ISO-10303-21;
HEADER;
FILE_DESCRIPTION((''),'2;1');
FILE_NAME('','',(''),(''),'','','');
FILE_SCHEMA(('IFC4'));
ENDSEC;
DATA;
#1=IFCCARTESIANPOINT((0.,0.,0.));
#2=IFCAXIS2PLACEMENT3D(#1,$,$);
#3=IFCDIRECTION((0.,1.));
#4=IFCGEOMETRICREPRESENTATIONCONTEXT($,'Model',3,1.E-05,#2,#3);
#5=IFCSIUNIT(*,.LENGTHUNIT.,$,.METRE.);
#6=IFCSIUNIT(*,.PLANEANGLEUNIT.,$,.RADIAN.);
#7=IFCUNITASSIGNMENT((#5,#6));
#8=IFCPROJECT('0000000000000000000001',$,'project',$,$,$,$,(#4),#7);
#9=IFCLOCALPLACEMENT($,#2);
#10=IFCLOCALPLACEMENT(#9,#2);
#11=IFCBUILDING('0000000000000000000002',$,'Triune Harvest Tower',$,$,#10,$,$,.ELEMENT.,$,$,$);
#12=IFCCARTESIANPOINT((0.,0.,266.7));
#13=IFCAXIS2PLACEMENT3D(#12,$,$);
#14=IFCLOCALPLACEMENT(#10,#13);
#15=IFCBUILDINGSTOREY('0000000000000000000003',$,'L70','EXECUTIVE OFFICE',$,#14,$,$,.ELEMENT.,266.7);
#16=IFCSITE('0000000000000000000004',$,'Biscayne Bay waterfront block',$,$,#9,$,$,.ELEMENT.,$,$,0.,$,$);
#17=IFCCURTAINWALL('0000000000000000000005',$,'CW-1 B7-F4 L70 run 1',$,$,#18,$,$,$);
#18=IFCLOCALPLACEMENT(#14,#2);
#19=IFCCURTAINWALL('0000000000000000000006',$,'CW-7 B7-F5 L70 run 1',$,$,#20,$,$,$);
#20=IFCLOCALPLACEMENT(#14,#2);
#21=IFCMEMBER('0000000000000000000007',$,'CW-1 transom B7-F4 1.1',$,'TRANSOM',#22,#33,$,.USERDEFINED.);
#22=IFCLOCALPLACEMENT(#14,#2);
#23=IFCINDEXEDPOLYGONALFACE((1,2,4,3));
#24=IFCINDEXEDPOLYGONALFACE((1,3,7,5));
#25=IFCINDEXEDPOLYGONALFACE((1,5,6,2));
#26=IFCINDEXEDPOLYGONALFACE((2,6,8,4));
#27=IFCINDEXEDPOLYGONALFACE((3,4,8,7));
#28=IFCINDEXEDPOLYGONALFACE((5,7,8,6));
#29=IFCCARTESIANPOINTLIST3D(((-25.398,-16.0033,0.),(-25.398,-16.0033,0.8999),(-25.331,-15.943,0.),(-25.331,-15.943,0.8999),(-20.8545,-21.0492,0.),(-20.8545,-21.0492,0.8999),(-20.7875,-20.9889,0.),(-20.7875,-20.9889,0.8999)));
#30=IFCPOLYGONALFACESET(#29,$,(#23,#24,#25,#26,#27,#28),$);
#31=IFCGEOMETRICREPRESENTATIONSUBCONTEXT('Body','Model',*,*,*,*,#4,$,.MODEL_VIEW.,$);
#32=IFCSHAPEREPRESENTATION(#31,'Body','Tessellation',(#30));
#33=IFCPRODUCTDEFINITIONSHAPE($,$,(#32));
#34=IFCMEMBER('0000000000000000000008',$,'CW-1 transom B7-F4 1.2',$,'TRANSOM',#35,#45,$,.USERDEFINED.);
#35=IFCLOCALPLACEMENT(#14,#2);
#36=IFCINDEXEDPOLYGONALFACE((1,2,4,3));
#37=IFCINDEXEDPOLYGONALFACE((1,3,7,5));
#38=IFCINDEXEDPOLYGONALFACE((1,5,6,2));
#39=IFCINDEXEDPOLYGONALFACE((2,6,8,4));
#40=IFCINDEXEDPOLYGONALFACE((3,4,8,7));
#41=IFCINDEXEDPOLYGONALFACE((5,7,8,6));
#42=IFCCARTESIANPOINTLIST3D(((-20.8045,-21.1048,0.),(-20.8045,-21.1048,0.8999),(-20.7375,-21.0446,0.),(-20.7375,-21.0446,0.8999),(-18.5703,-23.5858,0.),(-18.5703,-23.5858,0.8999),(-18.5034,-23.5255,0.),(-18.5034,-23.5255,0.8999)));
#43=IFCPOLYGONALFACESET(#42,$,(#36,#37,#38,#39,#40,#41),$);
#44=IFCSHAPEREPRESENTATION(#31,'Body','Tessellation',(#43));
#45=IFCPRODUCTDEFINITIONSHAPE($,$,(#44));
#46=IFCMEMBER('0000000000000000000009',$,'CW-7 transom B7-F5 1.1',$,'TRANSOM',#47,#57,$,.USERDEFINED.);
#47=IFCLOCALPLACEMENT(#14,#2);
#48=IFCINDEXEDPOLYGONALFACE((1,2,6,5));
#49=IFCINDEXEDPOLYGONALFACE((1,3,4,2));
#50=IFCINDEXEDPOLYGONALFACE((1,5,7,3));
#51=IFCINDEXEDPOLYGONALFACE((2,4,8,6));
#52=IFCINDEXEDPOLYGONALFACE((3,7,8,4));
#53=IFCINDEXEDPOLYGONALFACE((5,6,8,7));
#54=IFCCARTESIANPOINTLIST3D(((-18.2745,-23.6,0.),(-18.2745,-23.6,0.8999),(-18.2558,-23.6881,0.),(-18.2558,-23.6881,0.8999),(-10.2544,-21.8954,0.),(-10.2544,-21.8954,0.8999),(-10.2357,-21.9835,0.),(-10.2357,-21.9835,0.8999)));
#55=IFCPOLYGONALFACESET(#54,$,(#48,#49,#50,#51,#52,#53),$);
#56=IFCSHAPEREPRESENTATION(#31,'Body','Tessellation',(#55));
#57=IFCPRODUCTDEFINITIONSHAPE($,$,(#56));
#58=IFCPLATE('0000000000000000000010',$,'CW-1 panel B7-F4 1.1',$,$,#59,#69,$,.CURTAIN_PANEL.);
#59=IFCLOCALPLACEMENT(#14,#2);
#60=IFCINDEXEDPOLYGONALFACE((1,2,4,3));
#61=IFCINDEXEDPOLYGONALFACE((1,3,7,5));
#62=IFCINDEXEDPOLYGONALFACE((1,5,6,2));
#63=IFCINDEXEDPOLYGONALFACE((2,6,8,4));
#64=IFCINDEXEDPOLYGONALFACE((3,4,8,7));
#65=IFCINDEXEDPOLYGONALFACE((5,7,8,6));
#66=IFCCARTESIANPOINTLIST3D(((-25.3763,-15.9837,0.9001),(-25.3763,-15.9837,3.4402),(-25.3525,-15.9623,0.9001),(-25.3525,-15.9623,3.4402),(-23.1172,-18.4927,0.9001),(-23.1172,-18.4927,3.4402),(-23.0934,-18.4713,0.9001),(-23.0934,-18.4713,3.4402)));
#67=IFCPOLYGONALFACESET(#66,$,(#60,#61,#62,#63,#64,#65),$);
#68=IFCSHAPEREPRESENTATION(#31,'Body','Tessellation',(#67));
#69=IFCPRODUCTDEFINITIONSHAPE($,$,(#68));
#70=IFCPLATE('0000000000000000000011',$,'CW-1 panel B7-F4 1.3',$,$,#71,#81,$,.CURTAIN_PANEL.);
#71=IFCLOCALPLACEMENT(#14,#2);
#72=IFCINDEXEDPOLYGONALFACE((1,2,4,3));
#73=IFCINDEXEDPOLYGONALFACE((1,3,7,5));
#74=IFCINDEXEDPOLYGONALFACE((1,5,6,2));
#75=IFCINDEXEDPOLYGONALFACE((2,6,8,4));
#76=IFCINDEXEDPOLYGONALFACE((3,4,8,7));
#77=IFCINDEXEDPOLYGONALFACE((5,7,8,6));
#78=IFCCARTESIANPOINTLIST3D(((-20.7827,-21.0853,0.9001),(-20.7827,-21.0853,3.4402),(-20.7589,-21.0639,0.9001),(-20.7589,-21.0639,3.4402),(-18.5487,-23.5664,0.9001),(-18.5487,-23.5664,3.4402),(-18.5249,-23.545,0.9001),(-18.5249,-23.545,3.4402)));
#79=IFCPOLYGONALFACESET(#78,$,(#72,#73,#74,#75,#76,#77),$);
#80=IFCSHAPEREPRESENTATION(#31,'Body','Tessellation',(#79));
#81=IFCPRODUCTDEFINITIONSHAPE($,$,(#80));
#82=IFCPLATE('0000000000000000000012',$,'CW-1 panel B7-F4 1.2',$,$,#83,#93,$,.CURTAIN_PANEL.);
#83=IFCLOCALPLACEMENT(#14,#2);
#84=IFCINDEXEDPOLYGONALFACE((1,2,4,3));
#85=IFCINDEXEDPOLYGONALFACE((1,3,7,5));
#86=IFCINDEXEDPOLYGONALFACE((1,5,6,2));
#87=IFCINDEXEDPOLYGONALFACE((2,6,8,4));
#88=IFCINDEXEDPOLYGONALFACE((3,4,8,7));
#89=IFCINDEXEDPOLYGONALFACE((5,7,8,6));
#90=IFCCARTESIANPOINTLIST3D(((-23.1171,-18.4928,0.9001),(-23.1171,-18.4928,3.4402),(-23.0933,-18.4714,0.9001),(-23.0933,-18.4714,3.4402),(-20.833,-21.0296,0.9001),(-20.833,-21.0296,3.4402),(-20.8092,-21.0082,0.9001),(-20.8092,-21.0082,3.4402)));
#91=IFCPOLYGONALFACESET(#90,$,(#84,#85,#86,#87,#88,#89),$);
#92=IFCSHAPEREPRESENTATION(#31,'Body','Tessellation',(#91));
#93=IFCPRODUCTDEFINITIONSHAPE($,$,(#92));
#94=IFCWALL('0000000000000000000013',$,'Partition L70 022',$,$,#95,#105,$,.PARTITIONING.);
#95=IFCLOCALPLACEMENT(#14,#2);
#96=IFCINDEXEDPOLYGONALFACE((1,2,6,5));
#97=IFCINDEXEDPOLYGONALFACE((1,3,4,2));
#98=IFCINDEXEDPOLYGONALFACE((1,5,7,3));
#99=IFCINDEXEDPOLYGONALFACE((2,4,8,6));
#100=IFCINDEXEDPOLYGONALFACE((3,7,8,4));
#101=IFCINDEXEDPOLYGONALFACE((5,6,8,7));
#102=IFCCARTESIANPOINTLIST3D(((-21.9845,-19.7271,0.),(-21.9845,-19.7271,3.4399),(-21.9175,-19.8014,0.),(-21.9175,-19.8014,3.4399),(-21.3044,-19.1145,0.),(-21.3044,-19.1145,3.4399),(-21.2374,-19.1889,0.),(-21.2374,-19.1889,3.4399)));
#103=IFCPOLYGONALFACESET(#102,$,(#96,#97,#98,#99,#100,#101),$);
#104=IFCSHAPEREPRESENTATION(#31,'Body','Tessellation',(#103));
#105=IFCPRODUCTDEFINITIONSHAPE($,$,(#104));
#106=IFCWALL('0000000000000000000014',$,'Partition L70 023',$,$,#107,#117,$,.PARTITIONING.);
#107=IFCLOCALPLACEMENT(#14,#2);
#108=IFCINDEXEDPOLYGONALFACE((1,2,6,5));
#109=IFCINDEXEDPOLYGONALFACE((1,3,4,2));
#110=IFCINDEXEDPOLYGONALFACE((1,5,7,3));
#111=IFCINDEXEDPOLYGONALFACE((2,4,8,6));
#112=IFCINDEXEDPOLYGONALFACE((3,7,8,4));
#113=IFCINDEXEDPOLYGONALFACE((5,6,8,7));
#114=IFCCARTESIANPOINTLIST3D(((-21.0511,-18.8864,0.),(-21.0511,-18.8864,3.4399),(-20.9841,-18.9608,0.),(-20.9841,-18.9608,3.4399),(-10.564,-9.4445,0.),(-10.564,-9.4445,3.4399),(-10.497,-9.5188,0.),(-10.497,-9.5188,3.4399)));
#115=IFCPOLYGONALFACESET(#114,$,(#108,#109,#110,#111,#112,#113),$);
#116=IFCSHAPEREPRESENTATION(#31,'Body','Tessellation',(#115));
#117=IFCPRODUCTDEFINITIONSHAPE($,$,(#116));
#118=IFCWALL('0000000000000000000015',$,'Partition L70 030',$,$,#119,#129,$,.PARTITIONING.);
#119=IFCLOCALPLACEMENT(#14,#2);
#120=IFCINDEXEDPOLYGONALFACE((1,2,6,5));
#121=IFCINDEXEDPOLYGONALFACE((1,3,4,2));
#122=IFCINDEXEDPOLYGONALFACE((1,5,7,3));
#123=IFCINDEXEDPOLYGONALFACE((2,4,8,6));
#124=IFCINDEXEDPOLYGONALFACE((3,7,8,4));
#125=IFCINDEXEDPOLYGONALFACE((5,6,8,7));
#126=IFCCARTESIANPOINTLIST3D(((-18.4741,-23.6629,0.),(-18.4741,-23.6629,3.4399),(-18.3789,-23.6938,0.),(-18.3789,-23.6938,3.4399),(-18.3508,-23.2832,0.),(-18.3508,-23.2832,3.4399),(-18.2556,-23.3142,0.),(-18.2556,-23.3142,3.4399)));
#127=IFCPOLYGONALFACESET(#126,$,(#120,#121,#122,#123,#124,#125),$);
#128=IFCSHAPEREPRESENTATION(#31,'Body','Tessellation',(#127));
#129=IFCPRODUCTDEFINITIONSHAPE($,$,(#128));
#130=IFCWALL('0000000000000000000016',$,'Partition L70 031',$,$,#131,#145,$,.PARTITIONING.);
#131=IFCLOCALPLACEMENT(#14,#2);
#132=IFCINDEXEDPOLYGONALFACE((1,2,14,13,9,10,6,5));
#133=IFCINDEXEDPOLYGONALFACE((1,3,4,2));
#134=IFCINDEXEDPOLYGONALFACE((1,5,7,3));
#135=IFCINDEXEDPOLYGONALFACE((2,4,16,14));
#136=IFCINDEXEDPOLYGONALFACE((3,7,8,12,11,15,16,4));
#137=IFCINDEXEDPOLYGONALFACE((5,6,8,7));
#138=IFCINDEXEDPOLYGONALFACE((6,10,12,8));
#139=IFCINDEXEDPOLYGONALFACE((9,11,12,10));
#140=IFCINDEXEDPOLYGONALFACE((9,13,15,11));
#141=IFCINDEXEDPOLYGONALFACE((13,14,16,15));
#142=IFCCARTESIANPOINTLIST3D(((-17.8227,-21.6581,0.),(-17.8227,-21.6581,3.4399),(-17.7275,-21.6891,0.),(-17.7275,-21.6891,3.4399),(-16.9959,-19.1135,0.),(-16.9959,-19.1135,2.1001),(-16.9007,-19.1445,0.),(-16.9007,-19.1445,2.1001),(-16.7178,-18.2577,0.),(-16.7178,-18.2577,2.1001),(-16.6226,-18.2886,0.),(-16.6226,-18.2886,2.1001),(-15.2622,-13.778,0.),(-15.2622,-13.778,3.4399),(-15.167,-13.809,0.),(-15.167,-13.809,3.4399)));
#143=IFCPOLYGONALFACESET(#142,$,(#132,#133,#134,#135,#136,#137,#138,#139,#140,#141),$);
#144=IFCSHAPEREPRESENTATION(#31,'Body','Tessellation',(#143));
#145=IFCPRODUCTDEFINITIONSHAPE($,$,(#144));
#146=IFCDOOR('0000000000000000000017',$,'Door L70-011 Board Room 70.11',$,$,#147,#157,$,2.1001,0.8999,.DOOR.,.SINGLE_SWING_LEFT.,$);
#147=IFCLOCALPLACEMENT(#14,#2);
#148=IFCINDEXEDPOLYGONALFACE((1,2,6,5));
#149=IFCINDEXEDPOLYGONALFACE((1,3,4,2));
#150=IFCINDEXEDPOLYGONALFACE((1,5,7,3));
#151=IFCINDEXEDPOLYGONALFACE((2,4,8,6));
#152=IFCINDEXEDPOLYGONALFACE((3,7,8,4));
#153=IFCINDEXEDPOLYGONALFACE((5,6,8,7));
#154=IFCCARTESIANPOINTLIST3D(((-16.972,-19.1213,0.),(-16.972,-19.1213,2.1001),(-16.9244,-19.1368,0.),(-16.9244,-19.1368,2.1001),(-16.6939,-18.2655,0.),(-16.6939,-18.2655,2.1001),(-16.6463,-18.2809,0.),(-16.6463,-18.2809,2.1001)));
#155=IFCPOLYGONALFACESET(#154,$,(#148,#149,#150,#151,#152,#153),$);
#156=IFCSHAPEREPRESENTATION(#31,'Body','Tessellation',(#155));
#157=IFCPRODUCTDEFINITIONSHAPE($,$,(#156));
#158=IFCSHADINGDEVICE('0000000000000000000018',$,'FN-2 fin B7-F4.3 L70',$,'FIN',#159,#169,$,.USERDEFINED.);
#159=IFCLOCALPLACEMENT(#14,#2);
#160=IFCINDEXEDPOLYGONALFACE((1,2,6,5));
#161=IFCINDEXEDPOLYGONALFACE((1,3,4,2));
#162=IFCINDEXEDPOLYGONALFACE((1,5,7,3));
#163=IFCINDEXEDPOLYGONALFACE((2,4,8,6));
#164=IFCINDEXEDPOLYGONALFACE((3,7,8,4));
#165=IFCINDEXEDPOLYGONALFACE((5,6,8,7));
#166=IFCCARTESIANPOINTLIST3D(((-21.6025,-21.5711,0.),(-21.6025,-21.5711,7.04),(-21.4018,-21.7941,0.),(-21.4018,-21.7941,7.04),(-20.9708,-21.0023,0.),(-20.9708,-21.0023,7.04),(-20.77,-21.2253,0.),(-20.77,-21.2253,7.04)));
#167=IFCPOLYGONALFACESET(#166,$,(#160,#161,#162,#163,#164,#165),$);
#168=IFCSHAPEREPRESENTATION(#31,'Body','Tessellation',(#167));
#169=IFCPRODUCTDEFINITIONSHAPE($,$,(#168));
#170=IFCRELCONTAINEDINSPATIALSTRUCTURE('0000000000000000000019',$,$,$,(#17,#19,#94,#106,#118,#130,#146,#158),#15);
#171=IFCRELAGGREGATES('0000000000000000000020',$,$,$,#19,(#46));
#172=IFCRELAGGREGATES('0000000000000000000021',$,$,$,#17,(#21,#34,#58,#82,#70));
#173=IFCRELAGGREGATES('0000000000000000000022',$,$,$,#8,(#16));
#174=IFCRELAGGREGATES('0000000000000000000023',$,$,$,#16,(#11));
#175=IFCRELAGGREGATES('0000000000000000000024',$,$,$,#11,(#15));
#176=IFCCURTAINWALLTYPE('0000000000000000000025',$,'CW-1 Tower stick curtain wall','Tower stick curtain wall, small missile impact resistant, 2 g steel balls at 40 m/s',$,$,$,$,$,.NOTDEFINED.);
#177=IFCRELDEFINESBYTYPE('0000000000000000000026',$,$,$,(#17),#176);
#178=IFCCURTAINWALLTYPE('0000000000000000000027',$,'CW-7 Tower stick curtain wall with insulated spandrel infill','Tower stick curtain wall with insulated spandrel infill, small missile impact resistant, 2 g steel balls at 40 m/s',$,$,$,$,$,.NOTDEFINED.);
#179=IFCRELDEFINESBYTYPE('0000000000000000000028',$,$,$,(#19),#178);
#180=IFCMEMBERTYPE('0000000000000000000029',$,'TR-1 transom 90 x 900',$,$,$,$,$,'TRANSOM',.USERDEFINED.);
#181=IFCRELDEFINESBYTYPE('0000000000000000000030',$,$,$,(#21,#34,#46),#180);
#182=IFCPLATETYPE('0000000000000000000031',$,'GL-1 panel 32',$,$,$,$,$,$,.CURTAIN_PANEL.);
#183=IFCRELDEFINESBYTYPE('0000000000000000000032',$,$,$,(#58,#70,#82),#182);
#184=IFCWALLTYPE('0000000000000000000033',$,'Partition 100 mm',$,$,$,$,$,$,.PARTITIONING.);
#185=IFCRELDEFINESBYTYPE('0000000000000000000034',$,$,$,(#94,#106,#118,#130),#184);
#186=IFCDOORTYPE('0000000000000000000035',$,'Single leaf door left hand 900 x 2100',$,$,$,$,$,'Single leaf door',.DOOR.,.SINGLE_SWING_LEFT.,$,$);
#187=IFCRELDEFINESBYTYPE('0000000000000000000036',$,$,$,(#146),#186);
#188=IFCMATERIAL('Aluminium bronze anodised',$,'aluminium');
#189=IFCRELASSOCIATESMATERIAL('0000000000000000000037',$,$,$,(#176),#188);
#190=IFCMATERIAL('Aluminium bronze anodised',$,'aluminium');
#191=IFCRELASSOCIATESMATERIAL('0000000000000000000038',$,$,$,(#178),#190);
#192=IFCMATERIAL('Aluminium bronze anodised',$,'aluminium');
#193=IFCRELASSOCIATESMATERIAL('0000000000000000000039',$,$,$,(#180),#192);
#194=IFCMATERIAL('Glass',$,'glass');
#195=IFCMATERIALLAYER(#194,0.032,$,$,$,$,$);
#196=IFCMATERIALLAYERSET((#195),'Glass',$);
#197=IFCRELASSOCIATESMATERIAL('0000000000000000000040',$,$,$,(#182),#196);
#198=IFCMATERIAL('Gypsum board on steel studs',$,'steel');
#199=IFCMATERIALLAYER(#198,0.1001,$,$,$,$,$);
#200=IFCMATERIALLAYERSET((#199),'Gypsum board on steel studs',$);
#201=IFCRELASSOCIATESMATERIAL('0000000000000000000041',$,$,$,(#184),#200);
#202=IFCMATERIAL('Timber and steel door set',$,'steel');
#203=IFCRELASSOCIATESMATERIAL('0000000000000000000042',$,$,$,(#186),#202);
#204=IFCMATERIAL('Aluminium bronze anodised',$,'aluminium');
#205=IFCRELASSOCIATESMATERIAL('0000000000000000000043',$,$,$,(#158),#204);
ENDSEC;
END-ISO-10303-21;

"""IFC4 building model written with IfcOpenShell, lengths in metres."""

from ifc_helpers import new_model, si_unit, direction, frame, frame_2d, origin, origin_2d, place, context, subcontext, project, spatial, rectangle, extrude, source, transform, mapped, material, layer, layer_set, material_profile, profile_set, type_object, element, fill, aggregate, save


model = new_model("IFC4")

# Units and contexts
model_context = context("Model", 3, precision=1e-05, world=origin(), true_north=direction((0.0, 1.0)))
body_context = subcontext(model_context, "Body", "Model", "MODEL_VIEW")
ifc_project = project(units=[si_unit("LENGTHUNIT", "METRE"), si_unit("PLANEANGLEUNIT", "RADIAN")], contexts=[model_context])

# Site, building, storey
site_placement = place(None, origin())
site = spatial("IfcSite", under=ifc_project, at=site_placement, Name="Biscayne Bay waterfront block", CompositionType="ELEMENT", RefElevation=0.0)
building_placement = place(site_placement, origin())
building = spatial("IfcBuilding", under=site, at=building_placement, Name="Triune Harvest Tower", CompositionType="ELEMENT")
storey_placement = place(building_placement, frame((0.0, 0.0, 266.7)))
storey = spatial("IfcBuildingStorey", under=building, at=storey_placement, Name="L70", Description="EXECUTIVE OFFICE", CompositionType="ELEMENT", Elevation=266.7)

# Curtain wall
ifc_material_1 = material(Name="Aluminium bronze anodised", Category="aluminium")
curtain_wall_type_1 = type_object("IfcCurtainWallType", Name="CW-1 Tower stick curtain wall", Description="Tower stick curtain wall, small missile impact resistant, 2 g steel balls at 40 m/s", PredefinedType="NOTDEFINED", material=ifc_material_1)
curtain_wall_1_placement = place(storey_placement, origin())
curtain_wall_1 = element("IfcCurtainWall", 1, at=curtain_wall_1_placement, inside=storey, type_object=curtain_wall_type_1, Name="CW-1 B7-F4 L70 run 1")

# Curtain wall
ifc_material_2 = material(Name="Aluminium bronze anodised", Category="aluminium")
curtain_wall_type_2 = type_object("IfcCurtainWallType", Name="CW-7 Tower stick curtain wall with insulated spandrel infill", Description="Tower stick curtain wall with insulated spandrel infill, small missile impact resistant, 2 g steel balls at 40 m/s", PredefinedType="NOTDEFINED", material=ifc_material_2)
curtain_wall_2_placement = place(storey_placement, origin())
curtain_wall_2 = element("IfcCurtainWall", 2, at=curtain_wall_2_placement, inside=storey, type_object=curtain_wall_type_2, Name="CW-7 B7-F5 L70 run 1")

# Members
ifc_material_3 = material(Name="Aluminium bronze anodised", Category="aluminium")
ifc_material_profile_1 = material_profile(ifc_material_3, rectangle(XDim=0.0901, YDim=0.8999, at=origin_2d()), Name="TR-1 transom 90 x 900")
ifc_profile_set_1 = profile_set([ifc_material_profile_1], Name="Aluminium bronze anodised")
member_type_1 = type_object("IfcMemberType", Name="TR-1 transom 90 x 900", ElementType="TRANSOM", PredefinedType="USERDEFINED", material=ifc_profile_set_1)
shared_shape_1 = source(origin(), body_context, "Body", "SweptSolid", [
    extrude(rectangle(XDim=0.0901, YDim=0.8999, at=origin_2d()), origin(), (0.0, 0.0, 1.0), 6.79),
])
member_1_placement = place(storey_placement, frame((-25.3645, -15.9731, 0.45), z_axis=(0.66914, -0.743137, 0.0), x_axis=(0.743137, 0.66914, 0.0)))
member_1 = element("IfcMember", 3, at=member_1_placement, type_object=member_type_1, Name="CW-1 transom B7-F4 1.1", ObjectType="TRANSOM", PredefinedType="USERDEFINED", context=body_context, shape_type="MappedRepresentation", body=[
    mapped(shared_shape_1, transform((0.0, 0.0, 0.0), scale=1.0)),
])
shared_shape_2 = source(origin(), body_context, "Body", "SweptSolid", [
    extrude(rectangle(XDim=0.0901, YDim=0.8999, at=origin_2d()), origin(), (0.0, 0.0, 1.0), 3.3386),
])
member_2_placement = place(storey_placement, frame((-20.771, -21.0747, 0.45), z_axis=(0.669175, -0.743105, 0.0), x_axis=(0.743105, 0.669175, 0.0)))
member_2 = element("IfcMember", 4, at=member_2_placement, type_object=member_type_1, Name="CW-1 transom B7-F4 1.2", ObjectType="TRANSOM", PredefinedType="USERDEFINED", context=body_context, shape_type="MappedRepresentation", body=[
    mapped(shared_shape_2, transform((0.0, 0.0, 0.0), scale=1.0)),
])
shared_shape_3 = source(origin(), body_context, "Body", "SweptSolid", [
    extrude(rectangle(XDim=0.0901, YDim=0.8999, at=origin_2d()), origin(), (0.0, 0.0, 1.0), 8.1992),
])
member_3_placement = place(storey_placement, frame((-18.2651, -23.644, 0.45), z_axis=(0.978151, 0.207898, 0.0), x_axis=(-0.207898, 0.978151, 0.0)))
member_3 = element("IfcMember", 5, at=member_3_placement, type_object=member_type_1, Name="CW-7 transom B7-F5 1.1", ObjectType="TRANSOM", PredefinedType="USERDEFINED", context=body_context, shape_type="MappedRepresentation", body=[
    mapped(shared_shape_3, transform((0.0, 0.0, 0.0), scale=1.0)),
])
aggregate(curtain_wall_2, [member_3])

# Plates
ifc_material_4 = material(Name="Glass", Category="glass")
ifc_layer_1 = layer(ifc_material_4, 0.032)
ifc_layer_set_1 = layer_set([ifc_layer_1], Name="Glass")
plate_type = type_object("IfcPlateType", Name="GL-1 panel 32", PredefinedType="CURTAIN_PANEL", material=ifc_layer_set_1)
shared_shape_4 = source(origin(), body_context, "Body", "SweptSolid", [
    extrude(rectangle(XDim=3.3762, YDim=0.032, at=origin_2d()), origin(), (0.0, 0.0, 1.0), 2.54),
])
plate_1_placement = place(storey_placement, frame((-24.2349, -17.2275, 0.9001), z_axis=(0.0, 0.0, 1.0), x_axis=(0.669132, -0.743144, 0.0)))
plate_1 = element("IfcPlate", 6, at=plate_1_placement, type_object=plate_type, Name="CW-1 panel B7-F4 1.1", PredefinedType="CURTAIN_PANEL", context=body_context, shape_type="MappedRepresentation", body=[
    mapped(shared_shape_4, transform((0.0, 0.0, 0.0), scale=1.0)),
])
shared_shape_5 = source(origin(), body_context, "Body", "SweptSolid", [
    extrude(rectangle(XDim=3.3386, YDim=0.032, at=origin_2d()), origin(), (0.0, 0.0, 1.0), 2.54),
])
plate_2_placement = place(storey_placement, frame((-19.6538, -22.3152, 0.9001), z_axis=(0.0, 0.0, 1.0), x_axis=(0.669132, -0.743144, 0.0)))
plate_2 = element("IfcPlate", 7, at=plate_2_placement, type_object=plate_type, Name="CW-1 panel B7-F4 1.3", PredefinedType="CURTAIN_PANEL", context=body_context, shape_type="MappedRepresentation", body=[
    mapped(shared_shape_5, transform((0.0, 0.0, 0.0), scale=1.0)),
])
shared_shape_6 = source(origin(), body_context, "Body", "SweptSolid", [
    extrude(rectangle(XDim=3.4136, YDim=0.032, at=origin_2d()), origin(), (0.0, 0.0, 1.0), 2.54),
])
plate_3_placement = place(storey_placement, frame((-21.9631, -19.7505, 0.9001), z_axis=(0.0, 0.0, 1.0), x_axis=(0.669132, -0.743144, 0.0)))
plate_3 = element("IfcPlate", 8, at=plate_3_placement, type_object=plate_type, Name="CW-1 panel B7-F4 1.2", PredefinedType="CURTAIN_PANEL", context=body_context, shape_type="MappedRepresentation", body=[
    mapped(shared_shape_6, transform((0.0, 0.0, 0.0), scale=1.0)),
])
aggregate(curtain_wall_1, [member_1, member_2, plate_1, plate_3, plate_2])

# Walls
ifc_material_5 = material(Name="Gypsum board on steel studs", Category="steel")
ifc_layer_2 = layer(ifc_material_5, 0.1001)
ifc_layer_set_2 = layer_set([ifc_layer_2], Name="Gypsum board on steel studs")
wall_type = type_object("IfcWallType", Name="Partition 100 mm", PredefinedType="PARTITIONING", material=ifc_layer_set_2)
shared_shape_7 = source(origin(), body_context, "Body", "SweptSolid", [
    extrude(rectangle(XDim=0.9153, YDim=0.1001, at=frame_2d((0.4575, 0.0))), origin(), (0.0, 0.0, 1.0), 3.4399),
])
wall_1_placement = place(storey_placement, frame((-21.9509, -19.7642, 0.0), z_axis=(0.0, 0.0, 1.0), x_axis=(0.743082, 0.6692, 0.0)))
element("IfcWall", 9, at=wall_1_placement, inside=storey, type_object=wall_type, Name="Partition L70 022", PredefinedType="PARTITIONING", context=body_context, shape_type="MappedRepresentation", body=[
    mapped(shared_shape_7, transform((0.0, 0.0, 0.0), scale=1.0)),
])
shared_shape_8 = source(origin(), body_context, "Body", "SweptSolid", [
    extrude(rectangle(XDim=14.1113, YDim=0.1001, at=frame_2d((7.0557, 0.0))), origin(), (0.0, 0.0, 1.0), 3.4399),
])
wall_2_placement = place(storey_placement, frame((-21.0176, -18.9236, 0.0), z_axis=(0.0, 0.0, 1.0), x_axis=(0.743169, 0.669103, 0.0)))
element("IfcWall", 10, at=wall_2_placement, inside=storey, type_object=wall_type, Name="Partition L70 023", PredefinedType="PARTITIONING", context=body_context, shape_type="MappedRepresentation", body=[
    mapped(shared_shape_8, transform((0.0, 0.0, 0.0), scale=1.0)),
])
shared_shape_9 = source(origin(), body_context, "Body", "SweptSolid", [
    extrude(rectangle(XDim=0.3992, YDim=0.1001, at=frame_2d((0.1997, 0.0))), origin(), (0.0, 0.0, 1.0), 3.4399),
])
wall_3_placement = place(storey_placement, frame((-18.4265, -23.6785, 0.0), z_axis=(0.0, 0.0, 1.0), x_axis=(0.308879, 0.951101, 0.0)))
element("IfcWall", 11, at=wall_3_placement, inside=storey, type_object=wall_type, Name="Partition L70 030", PredefinedType="PARTITIONING", context=body_context, shape_type="MappedRepresentation", body=[
    mapped(shared_shape_9, transform((0.0, 0.0, 0.0), scale=1.0)),
])

# Wall, opening, door
shared_shape_10 = source(origin(), body_context, "Body", "SweptSolid", [
    extrude(rectangle(XDim=8.2856, YDim=0.1001, at=frame_2d((4.1428, 0.0))), origin(), (0.0, 0.0, 1.0), 3.4399),
])
wall_4_placement = place(storey_placement, frame((-17.7751, -21.6736, 0.0), z_axis=(0.0, 0.0, 1.0), x_axis=(0.309032, 0.951052, 0.0)))
wall_4 = element("IfcWall", 12, at=wall_4_placement, inside=storey, type_object=wall_type, Name="Partition L70 031", PredefinedType="PARTITIONING", context=body_context, shape_type="MappedRepresentation", body=[
    mapped(shared_shape_10, transform((0.0, 0.0, 0.0), scale=1.0)),
])
opening_placement = place(wall_4_placement, frame((2.6755, 0.0, 0.0)))
opening = element("IfcOpeningElement", 13, at=opening_placement, cuts=wall_4, PredefinedType="OPENING", context=body_context, shape_type="SweptSolid", body=[
    extrude(rectangle(XDim=0.8999, YDim=2.1001, at=frame_2d((0.45, 1.05))), frame((0.0, 0.0601, 0.0), z_axis=(0.0, -1.0, 0.0), x_axis=(1.0, 0.0, 0.0)), (0.0, 0.0, 1.0), 0.1201),
])
ifc_material_6 = material(Name="Timber and steel door set", Category="steel")
door_type = type_object("IfcDoorType", Name="Single leaf door left hand 900 x 2100", ElementType="Single leaf door", OperationType="SINGLE_SWING_LEFT", PredefinedType="DOOR", material=ifc_material_6)
door_placement = place(opening_placement, origin())
door = element("IfcDoor", 14, at=door_placement, inside=storey, type_object=door_type, Name="Door L70-011 Board Room 70.11", OperationType="SINGLE_SWING_LEFT", OverallHeight=2.1001, OverallWidth=0.8999, PredefinedType="DOOR", context=body_context, shape_type="SweptSolid", body=[
    extrude(rectangle(XDim=0.8999, YDim=2.1001, at=frame_2d((0.45, 1.05))), frame((0.0, 0.0249, 0.0), z_axis=(0.0, -1.0, 0.0), x_axis=(1.0, 0.0, 0.0)), (0.0, 0.0, 1.0), 0.05),
])
fill(opening, door)

# Shading device
ifc_material_7 = material(Name="Aluminium bronze anodised", Category="aluminium")
shared_shape_11 = source(origin(), body_context, "Body", "SweptSolid", [
    extrude(rectangle(XDim=0.3, YDim=0.8501, at=origin_2d()), origin(), (0.0, 0.0, 1.0), 7.04),
])
shading_device_placement = place(storey_placement, frame((-21.1863, -21.3982, 0.0), z_axis=(0.0, 0.0, 1.0), x_axis=(0.669132, -0.743144, 0.0)))
element("IfcShadingDevice", 15, at=shading_device_placement, inside=storey, material=ifc_material_7, Name="FN-2 fin B7-F4.3 L70", ObjectType="FIN", PredefinedType="USERDEFINED", context=body_context, shape_type="MappedRepresentation", body=[
    mapped(shared_shape_11, transform((0.0, 0.0, 0.0), scale=1.0)),
])

save(model, "model.ifc")
